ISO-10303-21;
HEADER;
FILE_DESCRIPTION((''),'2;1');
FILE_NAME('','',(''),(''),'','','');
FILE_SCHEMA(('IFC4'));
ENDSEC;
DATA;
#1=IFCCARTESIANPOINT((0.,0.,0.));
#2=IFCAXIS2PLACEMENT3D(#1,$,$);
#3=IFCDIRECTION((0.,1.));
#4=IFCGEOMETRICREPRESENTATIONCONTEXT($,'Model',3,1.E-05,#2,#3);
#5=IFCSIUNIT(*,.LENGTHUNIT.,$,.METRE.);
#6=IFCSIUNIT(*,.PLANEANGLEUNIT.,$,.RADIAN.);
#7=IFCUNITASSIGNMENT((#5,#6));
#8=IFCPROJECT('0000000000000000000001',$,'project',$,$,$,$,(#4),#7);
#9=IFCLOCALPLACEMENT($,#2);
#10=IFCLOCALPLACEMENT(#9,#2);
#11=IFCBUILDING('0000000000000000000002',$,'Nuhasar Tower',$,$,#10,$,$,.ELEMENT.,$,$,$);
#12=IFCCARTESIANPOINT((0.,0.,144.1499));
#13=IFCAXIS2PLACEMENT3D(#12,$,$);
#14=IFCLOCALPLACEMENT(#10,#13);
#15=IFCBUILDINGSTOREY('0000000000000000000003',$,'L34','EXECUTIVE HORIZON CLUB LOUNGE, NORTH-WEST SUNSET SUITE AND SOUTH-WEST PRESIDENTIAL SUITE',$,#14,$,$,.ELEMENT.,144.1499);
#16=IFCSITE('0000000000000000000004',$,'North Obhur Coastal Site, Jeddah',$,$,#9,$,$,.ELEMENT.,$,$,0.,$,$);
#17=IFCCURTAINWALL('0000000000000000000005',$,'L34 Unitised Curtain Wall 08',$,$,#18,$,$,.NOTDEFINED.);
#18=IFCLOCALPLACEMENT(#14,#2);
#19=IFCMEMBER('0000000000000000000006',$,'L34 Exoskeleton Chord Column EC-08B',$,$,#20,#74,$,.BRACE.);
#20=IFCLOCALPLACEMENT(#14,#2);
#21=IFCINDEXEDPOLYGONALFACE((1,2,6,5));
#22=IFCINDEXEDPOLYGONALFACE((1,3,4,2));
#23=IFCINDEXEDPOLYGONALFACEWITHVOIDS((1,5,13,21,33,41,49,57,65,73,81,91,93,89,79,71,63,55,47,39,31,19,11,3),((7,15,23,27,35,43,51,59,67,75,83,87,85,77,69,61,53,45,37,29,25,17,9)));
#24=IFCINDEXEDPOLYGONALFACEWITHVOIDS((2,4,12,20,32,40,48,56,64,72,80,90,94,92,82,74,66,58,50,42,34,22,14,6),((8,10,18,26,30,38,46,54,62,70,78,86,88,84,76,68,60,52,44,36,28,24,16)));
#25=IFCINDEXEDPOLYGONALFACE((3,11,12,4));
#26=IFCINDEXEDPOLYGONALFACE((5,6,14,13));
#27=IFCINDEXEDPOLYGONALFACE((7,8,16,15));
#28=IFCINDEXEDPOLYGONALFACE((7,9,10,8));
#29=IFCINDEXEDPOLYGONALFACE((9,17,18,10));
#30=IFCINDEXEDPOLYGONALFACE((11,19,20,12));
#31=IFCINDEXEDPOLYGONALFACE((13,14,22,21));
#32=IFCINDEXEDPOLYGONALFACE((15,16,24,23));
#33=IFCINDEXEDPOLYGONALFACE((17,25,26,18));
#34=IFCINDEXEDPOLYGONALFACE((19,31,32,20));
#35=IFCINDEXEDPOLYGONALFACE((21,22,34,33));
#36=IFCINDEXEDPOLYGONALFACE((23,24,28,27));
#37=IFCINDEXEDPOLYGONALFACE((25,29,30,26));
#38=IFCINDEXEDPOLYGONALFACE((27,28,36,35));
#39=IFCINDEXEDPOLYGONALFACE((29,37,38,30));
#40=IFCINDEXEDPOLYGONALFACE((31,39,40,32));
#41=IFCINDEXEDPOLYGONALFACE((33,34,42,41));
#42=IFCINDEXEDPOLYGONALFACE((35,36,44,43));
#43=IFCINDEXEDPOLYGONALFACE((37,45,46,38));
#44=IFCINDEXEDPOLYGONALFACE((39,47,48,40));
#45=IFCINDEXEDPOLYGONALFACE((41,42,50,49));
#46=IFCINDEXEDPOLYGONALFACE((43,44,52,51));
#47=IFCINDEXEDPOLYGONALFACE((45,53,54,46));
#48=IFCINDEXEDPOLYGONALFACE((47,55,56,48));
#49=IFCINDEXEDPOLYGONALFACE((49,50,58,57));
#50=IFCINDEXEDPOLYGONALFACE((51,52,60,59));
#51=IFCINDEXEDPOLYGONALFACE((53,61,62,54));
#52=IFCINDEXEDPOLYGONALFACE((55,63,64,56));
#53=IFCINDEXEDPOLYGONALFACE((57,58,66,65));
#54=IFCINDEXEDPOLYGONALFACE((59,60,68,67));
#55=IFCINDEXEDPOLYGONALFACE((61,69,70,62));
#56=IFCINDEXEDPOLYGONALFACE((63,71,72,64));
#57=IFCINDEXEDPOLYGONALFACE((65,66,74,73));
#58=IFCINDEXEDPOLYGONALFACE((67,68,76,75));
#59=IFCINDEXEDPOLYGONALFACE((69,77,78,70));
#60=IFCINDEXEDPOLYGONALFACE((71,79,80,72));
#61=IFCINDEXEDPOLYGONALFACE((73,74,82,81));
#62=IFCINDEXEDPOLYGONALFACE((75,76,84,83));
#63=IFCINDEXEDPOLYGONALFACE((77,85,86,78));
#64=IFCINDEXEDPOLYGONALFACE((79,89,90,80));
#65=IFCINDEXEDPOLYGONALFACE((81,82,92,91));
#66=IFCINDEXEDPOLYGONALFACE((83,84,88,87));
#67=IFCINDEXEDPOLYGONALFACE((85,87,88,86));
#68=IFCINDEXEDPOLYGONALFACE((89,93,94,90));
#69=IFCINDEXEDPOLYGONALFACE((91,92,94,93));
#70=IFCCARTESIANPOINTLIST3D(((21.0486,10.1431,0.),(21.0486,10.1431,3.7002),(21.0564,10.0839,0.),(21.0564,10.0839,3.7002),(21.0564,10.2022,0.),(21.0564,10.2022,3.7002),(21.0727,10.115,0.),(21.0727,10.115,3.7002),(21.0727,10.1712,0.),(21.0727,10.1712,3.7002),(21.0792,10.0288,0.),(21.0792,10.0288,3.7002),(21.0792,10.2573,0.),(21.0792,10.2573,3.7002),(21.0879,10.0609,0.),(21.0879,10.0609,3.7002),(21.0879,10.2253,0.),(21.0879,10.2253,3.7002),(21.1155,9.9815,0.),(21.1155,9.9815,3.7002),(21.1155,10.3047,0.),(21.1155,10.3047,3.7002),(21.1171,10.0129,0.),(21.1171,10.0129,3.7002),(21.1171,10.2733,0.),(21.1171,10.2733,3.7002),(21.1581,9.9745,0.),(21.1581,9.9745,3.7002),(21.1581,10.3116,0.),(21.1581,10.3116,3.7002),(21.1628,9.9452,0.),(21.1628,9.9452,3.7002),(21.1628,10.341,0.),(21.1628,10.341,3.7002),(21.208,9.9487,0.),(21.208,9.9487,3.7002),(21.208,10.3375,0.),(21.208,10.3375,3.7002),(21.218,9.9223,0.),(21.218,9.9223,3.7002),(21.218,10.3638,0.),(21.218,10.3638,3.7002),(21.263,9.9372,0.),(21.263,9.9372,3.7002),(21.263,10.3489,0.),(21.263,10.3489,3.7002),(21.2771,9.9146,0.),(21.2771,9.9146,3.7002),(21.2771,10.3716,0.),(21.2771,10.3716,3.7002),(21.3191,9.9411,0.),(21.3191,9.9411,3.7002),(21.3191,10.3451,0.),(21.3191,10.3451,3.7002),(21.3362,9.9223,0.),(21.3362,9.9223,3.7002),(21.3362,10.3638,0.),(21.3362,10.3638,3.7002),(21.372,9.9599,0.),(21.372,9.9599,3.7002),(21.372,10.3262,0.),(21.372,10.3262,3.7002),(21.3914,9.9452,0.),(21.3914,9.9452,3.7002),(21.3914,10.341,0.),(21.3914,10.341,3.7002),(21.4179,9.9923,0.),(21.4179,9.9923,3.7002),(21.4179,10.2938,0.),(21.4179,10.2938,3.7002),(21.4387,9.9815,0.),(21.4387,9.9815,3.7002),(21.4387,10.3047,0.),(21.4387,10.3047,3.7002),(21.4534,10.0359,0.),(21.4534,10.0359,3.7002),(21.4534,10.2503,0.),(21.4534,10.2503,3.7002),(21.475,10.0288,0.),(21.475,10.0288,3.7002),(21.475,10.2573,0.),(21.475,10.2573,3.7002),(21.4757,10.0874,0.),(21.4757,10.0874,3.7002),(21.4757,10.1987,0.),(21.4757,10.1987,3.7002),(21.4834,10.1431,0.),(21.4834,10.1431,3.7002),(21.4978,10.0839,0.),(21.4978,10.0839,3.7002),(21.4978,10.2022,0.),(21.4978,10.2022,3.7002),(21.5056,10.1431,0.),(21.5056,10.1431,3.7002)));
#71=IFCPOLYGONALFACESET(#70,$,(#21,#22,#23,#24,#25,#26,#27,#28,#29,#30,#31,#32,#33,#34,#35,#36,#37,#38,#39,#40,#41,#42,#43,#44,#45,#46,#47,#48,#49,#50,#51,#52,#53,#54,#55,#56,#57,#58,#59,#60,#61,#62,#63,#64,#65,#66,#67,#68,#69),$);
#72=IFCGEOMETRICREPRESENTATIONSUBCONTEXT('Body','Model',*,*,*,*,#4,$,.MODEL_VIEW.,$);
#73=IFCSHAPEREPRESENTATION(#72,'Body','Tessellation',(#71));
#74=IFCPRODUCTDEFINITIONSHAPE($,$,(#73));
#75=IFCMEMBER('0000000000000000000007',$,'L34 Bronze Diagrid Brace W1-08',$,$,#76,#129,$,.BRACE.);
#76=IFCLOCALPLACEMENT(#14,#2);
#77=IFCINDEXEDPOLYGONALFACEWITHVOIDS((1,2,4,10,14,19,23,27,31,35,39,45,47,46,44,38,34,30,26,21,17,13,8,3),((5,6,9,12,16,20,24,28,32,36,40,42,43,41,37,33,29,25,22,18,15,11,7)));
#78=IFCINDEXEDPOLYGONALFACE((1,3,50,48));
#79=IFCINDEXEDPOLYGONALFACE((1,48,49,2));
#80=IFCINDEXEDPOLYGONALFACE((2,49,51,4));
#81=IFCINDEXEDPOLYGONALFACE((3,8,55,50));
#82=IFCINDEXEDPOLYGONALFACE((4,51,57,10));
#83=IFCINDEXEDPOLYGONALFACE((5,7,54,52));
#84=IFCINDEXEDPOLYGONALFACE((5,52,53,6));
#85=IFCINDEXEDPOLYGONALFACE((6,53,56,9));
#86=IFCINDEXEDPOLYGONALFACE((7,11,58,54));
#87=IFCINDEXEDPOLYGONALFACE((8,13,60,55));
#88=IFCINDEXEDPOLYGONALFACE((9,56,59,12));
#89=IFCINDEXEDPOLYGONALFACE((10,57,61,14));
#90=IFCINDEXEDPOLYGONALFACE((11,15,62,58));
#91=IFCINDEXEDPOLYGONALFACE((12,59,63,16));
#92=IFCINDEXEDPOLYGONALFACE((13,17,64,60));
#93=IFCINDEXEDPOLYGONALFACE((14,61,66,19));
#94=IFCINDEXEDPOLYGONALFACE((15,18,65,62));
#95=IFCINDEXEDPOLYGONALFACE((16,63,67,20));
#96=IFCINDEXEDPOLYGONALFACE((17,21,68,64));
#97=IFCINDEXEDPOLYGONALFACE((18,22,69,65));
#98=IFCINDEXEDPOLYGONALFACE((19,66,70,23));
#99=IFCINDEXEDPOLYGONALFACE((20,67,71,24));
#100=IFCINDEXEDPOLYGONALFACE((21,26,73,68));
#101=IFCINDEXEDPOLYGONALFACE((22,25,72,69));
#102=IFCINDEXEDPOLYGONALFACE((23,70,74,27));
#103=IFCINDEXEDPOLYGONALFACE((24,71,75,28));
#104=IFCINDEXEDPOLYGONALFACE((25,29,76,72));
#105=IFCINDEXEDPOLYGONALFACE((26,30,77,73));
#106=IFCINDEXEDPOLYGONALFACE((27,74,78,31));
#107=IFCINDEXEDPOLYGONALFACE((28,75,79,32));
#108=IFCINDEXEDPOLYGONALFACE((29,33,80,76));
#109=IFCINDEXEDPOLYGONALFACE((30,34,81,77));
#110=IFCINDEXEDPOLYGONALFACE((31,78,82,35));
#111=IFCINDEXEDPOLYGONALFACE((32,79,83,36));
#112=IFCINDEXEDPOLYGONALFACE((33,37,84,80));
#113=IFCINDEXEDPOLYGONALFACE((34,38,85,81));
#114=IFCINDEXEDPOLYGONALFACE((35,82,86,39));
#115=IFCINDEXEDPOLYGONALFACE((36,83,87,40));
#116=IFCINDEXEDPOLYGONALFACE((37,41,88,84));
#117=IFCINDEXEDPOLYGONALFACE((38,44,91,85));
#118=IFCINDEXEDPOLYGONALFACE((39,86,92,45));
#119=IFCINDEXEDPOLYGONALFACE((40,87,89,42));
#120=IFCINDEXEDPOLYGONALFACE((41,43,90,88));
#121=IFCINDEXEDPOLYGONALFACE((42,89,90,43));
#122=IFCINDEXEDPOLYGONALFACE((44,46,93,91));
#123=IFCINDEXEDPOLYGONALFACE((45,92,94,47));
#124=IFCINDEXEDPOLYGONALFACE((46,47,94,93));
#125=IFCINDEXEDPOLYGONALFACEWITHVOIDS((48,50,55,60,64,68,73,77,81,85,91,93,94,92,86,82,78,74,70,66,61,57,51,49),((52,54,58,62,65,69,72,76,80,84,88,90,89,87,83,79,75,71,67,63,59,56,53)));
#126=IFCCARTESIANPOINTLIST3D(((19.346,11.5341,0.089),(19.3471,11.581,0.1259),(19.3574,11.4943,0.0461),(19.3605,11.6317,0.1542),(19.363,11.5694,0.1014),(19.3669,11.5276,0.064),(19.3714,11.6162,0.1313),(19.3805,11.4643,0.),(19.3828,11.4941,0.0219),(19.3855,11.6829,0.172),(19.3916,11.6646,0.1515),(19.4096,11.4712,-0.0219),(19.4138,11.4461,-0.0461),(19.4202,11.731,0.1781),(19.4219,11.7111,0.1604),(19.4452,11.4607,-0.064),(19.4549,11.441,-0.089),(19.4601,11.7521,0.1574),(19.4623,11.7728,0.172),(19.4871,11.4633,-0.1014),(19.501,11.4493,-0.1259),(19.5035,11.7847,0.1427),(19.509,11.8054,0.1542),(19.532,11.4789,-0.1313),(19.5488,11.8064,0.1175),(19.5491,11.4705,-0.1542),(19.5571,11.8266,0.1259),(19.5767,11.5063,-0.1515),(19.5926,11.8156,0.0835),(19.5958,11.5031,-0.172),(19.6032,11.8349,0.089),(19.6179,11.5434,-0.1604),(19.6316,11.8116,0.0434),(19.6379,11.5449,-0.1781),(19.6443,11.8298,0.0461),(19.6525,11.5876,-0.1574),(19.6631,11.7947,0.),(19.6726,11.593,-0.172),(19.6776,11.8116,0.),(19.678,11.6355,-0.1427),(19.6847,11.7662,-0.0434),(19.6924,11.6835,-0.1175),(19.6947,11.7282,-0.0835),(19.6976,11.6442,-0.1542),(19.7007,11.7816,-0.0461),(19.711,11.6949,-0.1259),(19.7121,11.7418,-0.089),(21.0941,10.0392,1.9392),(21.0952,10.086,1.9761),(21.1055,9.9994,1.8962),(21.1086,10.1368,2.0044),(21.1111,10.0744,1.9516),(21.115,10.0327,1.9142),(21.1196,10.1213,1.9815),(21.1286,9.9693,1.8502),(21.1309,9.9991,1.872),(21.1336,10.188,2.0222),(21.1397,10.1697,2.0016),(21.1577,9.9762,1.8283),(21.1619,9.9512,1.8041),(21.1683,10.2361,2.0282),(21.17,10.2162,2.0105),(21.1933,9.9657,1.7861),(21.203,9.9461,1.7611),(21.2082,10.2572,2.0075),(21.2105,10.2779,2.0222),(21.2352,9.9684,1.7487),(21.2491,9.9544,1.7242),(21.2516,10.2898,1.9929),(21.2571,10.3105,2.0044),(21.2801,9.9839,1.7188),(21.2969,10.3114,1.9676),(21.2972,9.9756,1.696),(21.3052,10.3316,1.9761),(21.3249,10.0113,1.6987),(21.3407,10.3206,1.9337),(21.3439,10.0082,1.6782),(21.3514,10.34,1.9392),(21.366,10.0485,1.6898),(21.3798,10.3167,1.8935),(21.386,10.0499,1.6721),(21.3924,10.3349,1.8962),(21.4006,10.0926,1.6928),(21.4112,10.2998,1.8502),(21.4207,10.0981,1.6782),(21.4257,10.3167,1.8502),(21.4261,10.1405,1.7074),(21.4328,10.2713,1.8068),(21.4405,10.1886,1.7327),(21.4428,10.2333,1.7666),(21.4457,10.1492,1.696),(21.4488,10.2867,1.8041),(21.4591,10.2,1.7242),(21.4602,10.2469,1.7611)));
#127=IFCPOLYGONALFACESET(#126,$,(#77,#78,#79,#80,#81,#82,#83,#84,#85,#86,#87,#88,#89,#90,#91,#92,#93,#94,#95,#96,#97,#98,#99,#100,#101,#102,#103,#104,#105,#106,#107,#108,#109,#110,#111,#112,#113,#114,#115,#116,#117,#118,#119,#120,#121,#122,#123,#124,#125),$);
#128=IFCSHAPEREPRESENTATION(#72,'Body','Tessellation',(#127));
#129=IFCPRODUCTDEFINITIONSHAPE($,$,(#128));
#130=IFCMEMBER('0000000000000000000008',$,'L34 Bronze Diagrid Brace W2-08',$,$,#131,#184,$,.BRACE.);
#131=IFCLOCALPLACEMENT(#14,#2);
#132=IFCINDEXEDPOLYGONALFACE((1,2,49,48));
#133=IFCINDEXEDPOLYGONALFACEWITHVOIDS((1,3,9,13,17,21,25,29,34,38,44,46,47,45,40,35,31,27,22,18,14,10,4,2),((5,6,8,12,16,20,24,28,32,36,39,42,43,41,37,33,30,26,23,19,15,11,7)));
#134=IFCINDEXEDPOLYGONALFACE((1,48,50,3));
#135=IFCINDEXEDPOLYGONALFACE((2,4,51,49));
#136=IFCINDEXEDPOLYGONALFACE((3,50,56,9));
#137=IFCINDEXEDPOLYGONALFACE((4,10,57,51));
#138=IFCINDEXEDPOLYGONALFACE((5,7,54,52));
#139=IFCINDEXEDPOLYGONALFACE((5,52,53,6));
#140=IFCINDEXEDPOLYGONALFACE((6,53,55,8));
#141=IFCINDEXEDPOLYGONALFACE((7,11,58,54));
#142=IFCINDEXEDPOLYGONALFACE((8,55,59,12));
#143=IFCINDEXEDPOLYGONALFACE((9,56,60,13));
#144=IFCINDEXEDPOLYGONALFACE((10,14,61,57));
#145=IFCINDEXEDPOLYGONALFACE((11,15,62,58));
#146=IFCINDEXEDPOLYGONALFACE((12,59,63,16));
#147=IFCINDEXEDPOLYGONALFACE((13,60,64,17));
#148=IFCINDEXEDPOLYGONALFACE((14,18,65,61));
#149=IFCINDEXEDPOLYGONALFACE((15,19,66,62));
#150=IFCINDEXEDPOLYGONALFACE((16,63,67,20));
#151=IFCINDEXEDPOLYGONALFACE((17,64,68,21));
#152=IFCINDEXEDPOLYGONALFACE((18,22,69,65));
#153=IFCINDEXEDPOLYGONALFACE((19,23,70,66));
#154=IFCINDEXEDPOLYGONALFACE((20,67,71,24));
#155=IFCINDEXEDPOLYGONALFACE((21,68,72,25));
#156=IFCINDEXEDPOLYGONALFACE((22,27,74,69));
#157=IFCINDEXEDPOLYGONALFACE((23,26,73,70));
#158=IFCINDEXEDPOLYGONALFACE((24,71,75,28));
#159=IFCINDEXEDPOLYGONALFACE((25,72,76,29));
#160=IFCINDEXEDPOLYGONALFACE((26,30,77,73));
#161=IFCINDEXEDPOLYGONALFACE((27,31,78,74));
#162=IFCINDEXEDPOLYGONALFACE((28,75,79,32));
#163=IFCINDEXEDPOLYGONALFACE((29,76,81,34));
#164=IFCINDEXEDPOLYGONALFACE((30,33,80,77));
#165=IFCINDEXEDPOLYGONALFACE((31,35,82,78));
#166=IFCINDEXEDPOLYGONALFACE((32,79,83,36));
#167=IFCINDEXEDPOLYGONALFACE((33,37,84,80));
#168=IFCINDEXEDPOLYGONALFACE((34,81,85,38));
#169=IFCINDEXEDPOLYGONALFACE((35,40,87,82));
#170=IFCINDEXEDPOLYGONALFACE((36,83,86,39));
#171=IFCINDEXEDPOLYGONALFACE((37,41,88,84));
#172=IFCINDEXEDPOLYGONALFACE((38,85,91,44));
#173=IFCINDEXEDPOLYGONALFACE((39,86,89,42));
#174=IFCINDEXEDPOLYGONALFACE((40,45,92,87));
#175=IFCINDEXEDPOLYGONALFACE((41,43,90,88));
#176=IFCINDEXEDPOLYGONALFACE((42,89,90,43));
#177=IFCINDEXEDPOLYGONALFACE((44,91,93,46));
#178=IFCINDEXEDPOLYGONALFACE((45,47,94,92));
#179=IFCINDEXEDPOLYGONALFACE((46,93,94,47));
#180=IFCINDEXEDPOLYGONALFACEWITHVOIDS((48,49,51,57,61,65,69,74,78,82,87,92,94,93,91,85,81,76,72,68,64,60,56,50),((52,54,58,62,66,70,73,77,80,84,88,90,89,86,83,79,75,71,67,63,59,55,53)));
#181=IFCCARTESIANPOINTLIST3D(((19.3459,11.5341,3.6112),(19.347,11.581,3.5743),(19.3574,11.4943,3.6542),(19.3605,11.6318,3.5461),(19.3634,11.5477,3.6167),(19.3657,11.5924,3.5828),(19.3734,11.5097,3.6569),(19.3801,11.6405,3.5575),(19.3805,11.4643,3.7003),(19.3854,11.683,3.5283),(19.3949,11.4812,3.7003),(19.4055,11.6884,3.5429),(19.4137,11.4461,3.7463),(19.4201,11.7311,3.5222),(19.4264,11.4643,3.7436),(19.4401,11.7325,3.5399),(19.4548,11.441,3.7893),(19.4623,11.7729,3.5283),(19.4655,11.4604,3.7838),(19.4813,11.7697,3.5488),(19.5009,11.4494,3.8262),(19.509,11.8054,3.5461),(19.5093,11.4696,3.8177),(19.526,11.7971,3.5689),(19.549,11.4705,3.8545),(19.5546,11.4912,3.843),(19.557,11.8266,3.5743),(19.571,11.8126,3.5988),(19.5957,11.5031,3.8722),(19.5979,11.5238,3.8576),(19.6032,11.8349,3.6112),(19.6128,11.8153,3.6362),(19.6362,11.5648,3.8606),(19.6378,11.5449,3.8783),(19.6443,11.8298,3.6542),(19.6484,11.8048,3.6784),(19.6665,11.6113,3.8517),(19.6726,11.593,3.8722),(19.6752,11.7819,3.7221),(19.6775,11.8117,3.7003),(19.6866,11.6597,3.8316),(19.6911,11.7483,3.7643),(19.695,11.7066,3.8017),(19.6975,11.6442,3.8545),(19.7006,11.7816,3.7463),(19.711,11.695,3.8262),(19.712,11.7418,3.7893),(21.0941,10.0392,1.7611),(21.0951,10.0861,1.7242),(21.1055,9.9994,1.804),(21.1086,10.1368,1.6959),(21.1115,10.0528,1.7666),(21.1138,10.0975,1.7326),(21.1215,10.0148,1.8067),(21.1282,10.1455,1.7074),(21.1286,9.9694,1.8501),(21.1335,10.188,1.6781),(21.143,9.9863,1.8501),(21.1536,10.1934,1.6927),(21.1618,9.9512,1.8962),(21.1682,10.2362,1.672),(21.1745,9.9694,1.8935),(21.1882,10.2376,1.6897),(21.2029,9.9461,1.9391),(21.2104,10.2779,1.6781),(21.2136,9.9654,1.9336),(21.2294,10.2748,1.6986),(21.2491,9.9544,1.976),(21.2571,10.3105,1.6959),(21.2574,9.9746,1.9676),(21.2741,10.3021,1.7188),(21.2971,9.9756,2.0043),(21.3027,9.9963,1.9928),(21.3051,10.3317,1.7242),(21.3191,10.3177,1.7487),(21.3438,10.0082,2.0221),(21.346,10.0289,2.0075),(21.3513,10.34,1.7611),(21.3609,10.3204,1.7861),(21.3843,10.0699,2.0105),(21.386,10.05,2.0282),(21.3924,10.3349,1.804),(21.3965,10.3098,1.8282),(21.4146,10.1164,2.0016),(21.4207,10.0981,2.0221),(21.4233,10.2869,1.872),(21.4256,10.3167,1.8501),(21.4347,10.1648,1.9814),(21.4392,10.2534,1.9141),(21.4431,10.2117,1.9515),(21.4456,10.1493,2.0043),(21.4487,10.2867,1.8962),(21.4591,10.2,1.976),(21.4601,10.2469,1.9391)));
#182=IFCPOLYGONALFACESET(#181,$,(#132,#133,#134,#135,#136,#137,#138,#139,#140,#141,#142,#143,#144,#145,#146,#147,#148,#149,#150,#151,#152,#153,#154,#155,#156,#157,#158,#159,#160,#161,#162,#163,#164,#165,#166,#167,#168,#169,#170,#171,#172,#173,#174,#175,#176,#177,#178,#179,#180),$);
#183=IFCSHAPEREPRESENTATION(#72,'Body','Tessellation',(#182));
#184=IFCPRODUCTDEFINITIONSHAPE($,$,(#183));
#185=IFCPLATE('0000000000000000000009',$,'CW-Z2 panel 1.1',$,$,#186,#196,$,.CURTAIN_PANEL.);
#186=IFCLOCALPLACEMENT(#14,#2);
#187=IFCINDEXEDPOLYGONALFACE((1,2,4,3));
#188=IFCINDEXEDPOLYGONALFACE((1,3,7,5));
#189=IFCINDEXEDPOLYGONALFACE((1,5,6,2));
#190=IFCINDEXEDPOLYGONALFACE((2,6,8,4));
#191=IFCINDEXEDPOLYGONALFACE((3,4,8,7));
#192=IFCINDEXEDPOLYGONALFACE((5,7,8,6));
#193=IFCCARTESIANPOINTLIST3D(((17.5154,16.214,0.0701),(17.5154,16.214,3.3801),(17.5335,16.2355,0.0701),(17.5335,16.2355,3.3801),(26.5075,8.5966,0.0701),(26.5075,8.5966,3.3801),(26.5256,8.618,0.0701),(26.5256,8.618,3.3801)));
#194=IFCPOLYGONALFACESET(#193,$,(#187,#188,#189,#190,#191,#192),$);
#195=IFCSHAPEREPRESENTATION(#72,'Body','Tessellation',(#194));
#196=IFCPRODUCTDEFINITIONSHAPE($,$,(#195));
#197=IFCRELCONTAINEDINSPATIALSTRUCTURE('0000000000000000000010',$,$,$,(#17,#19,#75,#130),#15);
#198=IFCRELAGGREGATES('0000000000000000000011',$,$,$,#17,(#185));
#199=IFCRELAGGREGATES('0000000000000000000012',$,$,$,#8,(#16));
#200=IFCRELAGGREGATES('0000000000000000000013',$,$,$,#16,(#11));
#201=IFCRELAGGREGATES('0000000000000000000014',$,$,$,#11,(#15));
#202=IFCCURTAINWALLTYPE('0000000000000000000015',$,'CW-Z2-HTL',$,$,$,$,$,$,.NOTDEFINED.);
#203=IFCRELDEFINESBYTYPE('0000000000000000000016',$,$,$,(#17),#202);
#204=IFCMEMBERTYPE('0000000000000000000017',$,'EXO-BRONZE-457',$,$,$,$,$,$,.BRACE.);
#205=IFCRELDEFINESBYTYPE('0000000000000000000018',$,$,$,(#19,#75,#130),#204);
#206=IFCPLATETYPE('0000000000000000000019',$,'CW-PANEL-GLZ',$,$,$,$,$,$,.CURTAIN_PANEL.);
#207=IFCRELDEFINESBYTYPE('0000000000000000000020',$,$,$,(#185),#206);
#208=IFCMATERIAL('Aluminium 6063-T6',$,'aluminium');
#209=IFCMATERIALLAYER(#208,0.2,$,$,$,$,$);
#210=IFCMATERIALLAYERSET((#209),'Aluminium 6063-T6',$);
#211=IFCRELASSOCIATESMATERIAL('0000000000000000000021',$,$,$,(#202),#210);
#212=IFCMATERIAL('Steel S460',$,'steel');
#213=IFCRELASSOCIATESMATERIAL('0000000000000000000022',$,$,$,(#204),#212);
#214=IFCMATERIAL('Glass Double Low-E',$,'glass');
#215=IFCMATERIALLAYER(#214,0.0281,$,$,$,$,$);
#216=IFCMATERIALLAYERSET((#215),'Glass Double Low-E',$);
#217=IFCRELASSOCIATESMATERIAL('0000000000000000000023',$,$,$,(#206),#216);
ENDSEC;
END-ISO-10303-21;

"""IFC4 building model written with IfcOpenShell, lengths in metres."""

from ifc_helpers import new_model, si_unit, direction, frame, origin, origin_2d, place, context, subcontext, project, spatial, rectangle, hollow_circle, extrude, material, layer, layer_set, material_profile, profile_set, type_object, element, aggregate, save


model = new_model("IFC4")

# Units and contexts
model_context = context("Model", 3, precision=1e-05, world=origin(), true_north=direction((0.0, 1.0)))
body_context = subcontext(model_context, "Body", "Model", "MODEL_VIEW")
ifc_project = project(units=[si_unit("LENGTHUNIT", "METRE"), si_unit("PLANEANGLEUNIT", "RADIAN")], contexts=[model_context])

# Site, building, storey
site_placement = place(None, origin())
site = spatial("IfcSite", under=ifc_project, at=site_placement, Name="North Obhur Coastal Site, Jeddah", CompositionType="ELEMENT", RefElevation=0.0)
building_placement = place(site_placement, origin())
building = spatial("IfcBuilding", under=site, at=building_placement, Name="Nuhasar Tower", CompositionType="ELEMENT")
storey_placement = place(building_placement, frame((0.0, 0.0, 144.1499)))
storey = spatial("IfcBuildingStorey", under=building, at=storey_placement, Name="L34", Description="EXECUTIVE HORIZON CLUB LOUNGE, NORTH-WEST SUNSET SUITE AND SOUTH-WEST PRESIDENTIAL SUITE", CompositionType="ELEMENT", Elevation=144.1499)

# Curtain wall
ifc_material_1 = material(Name="Aluminium 6063-T6", Category="aluminium")
ifc_layer_1 = layer(ifc_material_1, 0.2)
ifc_layer_set_1 = layer_set([ifc_layer_1], Name="Aluminium 6063-T6")
curtain_wall_type = type_object("IfcCurtainWallType", Name="CW-Z2-HTL", PredefinedType="NOTDEFINED", material=ifc_layer_set_1)
curtain_wall_1_placement = place(storey_placement, origin())
curtain_wall_1 = element("IfcCurtainWall", 1, at=curtain_wall_1_placement, inside=storey, type_object=curtain_wall_type, Name="L34 Unitised Curtain Wall 08", PredefinedType="NOTDEFINED")

# Members
ifc_material_2 = material(Name="Steel S460", Category="steel")
ifc_material_profile_1 = material_profile(ifc_material_2, hollow_circle(Radius=0.2285, WallThickness=0.0222, at=origin_2d()), Name="HSS457X22.2")
ifc_profile_set_1 = profile_set([ifc_material_profile_1], Name="Steel S460")
member_type_1 = type_object("IfcMemberType", Name="EXO-BRONZE-457", PredefinedType="BRACE", material=ifc_profile_set_1)
for number, where, z_axis, x_axis, name in (
    (2, (21.2771, 10.1431, 0.0), (0.0, 0.0, 1.0), (1.0, 0.0, 0.0), "L34 Exoskeleton Chord Column EC-08B"),
):
    element("IfcMember", number, at=place(storey_placement, frame(where, z_axis=z_axis, x_axis=x_axis)), inside=storey, type_object=member_type_1, Name=name, PredefinedType="BRACE", context=body_context, shape_type="SweptSolid", body=[
        extrude(hollow_circle(Radius=0.2285, WallThickness=0.0222, at=origin_2d()), origin(), (0.0, 0.0, 1.0), 3.7002),
    ])
for number, where, z_axis, x_axis, name in (
    (3, (19.5291, 11.6379, 0.0), (0.592195, -0.506426, 0.626767), (0.649926, 0.759998, 0.0), "L34 Bronze Diagrid Brace W1-08"),
    (4, (21.2771, 10.1431, 1.8501), (-0.592195, 0.506426, 0.626767), (-0.649926, -0.759998, 0.0), "L34 Bronze Diagrid Brace W2-08"),
):
    element("IfcMember", number, at=place(storey_placement, frame(where, z_axis=z_axis, x_axis=x_axis)), inside=storey, type_object=member_type_1, Name=name, PredefinedType="BRACE", context=body_context, shape_type="SweptSolid", body=[
        extrude(hollow_circle(Radius=0.2285, WallThickness=0.0222, at=origin_2d()), origin(), (0.0, 0.0, 1.0), 2.9519),
    ])

# Plate
ifc_material_3 = material(Name="Glass Double Low-E", Category="glass")
ifc_layer_2 = layer(ifc_material_3, 0.0281)
ifc_layer_set_2 = layer_set([ifc_layer_2], Name="Glass Double Low-E")
plate_type = type_object("IfcPlateType", Name="CW-PANEL-GLZ", PredefinedType="CURTAIN_PANEL", material=ifc_layer_set_2)
plate_placement = place(storey_placement, frame((22.0205, 12.416, 0.0701), z_axis=(0.0, 0.0, 1.0), x_axis=(0.76302, -0.646374, 0.0)))
plate = element("IfcPlate", 5, at=plate_placement, type_object=plate_type, Name="CW-Z2 panel 1.1", PredefinedType="CURTAIN_PANEL", context=body_context, shape_type="SweptSolid", body=[
    extrude(rectangle(XDim=11.7849, YDim=0.0281, at=origin_2d()), origin(), (0.0, 0.0, 1.0), 3.3101),
])
aggregate(curtain_wall_1, [plate])

save(model, "model.ifc")
